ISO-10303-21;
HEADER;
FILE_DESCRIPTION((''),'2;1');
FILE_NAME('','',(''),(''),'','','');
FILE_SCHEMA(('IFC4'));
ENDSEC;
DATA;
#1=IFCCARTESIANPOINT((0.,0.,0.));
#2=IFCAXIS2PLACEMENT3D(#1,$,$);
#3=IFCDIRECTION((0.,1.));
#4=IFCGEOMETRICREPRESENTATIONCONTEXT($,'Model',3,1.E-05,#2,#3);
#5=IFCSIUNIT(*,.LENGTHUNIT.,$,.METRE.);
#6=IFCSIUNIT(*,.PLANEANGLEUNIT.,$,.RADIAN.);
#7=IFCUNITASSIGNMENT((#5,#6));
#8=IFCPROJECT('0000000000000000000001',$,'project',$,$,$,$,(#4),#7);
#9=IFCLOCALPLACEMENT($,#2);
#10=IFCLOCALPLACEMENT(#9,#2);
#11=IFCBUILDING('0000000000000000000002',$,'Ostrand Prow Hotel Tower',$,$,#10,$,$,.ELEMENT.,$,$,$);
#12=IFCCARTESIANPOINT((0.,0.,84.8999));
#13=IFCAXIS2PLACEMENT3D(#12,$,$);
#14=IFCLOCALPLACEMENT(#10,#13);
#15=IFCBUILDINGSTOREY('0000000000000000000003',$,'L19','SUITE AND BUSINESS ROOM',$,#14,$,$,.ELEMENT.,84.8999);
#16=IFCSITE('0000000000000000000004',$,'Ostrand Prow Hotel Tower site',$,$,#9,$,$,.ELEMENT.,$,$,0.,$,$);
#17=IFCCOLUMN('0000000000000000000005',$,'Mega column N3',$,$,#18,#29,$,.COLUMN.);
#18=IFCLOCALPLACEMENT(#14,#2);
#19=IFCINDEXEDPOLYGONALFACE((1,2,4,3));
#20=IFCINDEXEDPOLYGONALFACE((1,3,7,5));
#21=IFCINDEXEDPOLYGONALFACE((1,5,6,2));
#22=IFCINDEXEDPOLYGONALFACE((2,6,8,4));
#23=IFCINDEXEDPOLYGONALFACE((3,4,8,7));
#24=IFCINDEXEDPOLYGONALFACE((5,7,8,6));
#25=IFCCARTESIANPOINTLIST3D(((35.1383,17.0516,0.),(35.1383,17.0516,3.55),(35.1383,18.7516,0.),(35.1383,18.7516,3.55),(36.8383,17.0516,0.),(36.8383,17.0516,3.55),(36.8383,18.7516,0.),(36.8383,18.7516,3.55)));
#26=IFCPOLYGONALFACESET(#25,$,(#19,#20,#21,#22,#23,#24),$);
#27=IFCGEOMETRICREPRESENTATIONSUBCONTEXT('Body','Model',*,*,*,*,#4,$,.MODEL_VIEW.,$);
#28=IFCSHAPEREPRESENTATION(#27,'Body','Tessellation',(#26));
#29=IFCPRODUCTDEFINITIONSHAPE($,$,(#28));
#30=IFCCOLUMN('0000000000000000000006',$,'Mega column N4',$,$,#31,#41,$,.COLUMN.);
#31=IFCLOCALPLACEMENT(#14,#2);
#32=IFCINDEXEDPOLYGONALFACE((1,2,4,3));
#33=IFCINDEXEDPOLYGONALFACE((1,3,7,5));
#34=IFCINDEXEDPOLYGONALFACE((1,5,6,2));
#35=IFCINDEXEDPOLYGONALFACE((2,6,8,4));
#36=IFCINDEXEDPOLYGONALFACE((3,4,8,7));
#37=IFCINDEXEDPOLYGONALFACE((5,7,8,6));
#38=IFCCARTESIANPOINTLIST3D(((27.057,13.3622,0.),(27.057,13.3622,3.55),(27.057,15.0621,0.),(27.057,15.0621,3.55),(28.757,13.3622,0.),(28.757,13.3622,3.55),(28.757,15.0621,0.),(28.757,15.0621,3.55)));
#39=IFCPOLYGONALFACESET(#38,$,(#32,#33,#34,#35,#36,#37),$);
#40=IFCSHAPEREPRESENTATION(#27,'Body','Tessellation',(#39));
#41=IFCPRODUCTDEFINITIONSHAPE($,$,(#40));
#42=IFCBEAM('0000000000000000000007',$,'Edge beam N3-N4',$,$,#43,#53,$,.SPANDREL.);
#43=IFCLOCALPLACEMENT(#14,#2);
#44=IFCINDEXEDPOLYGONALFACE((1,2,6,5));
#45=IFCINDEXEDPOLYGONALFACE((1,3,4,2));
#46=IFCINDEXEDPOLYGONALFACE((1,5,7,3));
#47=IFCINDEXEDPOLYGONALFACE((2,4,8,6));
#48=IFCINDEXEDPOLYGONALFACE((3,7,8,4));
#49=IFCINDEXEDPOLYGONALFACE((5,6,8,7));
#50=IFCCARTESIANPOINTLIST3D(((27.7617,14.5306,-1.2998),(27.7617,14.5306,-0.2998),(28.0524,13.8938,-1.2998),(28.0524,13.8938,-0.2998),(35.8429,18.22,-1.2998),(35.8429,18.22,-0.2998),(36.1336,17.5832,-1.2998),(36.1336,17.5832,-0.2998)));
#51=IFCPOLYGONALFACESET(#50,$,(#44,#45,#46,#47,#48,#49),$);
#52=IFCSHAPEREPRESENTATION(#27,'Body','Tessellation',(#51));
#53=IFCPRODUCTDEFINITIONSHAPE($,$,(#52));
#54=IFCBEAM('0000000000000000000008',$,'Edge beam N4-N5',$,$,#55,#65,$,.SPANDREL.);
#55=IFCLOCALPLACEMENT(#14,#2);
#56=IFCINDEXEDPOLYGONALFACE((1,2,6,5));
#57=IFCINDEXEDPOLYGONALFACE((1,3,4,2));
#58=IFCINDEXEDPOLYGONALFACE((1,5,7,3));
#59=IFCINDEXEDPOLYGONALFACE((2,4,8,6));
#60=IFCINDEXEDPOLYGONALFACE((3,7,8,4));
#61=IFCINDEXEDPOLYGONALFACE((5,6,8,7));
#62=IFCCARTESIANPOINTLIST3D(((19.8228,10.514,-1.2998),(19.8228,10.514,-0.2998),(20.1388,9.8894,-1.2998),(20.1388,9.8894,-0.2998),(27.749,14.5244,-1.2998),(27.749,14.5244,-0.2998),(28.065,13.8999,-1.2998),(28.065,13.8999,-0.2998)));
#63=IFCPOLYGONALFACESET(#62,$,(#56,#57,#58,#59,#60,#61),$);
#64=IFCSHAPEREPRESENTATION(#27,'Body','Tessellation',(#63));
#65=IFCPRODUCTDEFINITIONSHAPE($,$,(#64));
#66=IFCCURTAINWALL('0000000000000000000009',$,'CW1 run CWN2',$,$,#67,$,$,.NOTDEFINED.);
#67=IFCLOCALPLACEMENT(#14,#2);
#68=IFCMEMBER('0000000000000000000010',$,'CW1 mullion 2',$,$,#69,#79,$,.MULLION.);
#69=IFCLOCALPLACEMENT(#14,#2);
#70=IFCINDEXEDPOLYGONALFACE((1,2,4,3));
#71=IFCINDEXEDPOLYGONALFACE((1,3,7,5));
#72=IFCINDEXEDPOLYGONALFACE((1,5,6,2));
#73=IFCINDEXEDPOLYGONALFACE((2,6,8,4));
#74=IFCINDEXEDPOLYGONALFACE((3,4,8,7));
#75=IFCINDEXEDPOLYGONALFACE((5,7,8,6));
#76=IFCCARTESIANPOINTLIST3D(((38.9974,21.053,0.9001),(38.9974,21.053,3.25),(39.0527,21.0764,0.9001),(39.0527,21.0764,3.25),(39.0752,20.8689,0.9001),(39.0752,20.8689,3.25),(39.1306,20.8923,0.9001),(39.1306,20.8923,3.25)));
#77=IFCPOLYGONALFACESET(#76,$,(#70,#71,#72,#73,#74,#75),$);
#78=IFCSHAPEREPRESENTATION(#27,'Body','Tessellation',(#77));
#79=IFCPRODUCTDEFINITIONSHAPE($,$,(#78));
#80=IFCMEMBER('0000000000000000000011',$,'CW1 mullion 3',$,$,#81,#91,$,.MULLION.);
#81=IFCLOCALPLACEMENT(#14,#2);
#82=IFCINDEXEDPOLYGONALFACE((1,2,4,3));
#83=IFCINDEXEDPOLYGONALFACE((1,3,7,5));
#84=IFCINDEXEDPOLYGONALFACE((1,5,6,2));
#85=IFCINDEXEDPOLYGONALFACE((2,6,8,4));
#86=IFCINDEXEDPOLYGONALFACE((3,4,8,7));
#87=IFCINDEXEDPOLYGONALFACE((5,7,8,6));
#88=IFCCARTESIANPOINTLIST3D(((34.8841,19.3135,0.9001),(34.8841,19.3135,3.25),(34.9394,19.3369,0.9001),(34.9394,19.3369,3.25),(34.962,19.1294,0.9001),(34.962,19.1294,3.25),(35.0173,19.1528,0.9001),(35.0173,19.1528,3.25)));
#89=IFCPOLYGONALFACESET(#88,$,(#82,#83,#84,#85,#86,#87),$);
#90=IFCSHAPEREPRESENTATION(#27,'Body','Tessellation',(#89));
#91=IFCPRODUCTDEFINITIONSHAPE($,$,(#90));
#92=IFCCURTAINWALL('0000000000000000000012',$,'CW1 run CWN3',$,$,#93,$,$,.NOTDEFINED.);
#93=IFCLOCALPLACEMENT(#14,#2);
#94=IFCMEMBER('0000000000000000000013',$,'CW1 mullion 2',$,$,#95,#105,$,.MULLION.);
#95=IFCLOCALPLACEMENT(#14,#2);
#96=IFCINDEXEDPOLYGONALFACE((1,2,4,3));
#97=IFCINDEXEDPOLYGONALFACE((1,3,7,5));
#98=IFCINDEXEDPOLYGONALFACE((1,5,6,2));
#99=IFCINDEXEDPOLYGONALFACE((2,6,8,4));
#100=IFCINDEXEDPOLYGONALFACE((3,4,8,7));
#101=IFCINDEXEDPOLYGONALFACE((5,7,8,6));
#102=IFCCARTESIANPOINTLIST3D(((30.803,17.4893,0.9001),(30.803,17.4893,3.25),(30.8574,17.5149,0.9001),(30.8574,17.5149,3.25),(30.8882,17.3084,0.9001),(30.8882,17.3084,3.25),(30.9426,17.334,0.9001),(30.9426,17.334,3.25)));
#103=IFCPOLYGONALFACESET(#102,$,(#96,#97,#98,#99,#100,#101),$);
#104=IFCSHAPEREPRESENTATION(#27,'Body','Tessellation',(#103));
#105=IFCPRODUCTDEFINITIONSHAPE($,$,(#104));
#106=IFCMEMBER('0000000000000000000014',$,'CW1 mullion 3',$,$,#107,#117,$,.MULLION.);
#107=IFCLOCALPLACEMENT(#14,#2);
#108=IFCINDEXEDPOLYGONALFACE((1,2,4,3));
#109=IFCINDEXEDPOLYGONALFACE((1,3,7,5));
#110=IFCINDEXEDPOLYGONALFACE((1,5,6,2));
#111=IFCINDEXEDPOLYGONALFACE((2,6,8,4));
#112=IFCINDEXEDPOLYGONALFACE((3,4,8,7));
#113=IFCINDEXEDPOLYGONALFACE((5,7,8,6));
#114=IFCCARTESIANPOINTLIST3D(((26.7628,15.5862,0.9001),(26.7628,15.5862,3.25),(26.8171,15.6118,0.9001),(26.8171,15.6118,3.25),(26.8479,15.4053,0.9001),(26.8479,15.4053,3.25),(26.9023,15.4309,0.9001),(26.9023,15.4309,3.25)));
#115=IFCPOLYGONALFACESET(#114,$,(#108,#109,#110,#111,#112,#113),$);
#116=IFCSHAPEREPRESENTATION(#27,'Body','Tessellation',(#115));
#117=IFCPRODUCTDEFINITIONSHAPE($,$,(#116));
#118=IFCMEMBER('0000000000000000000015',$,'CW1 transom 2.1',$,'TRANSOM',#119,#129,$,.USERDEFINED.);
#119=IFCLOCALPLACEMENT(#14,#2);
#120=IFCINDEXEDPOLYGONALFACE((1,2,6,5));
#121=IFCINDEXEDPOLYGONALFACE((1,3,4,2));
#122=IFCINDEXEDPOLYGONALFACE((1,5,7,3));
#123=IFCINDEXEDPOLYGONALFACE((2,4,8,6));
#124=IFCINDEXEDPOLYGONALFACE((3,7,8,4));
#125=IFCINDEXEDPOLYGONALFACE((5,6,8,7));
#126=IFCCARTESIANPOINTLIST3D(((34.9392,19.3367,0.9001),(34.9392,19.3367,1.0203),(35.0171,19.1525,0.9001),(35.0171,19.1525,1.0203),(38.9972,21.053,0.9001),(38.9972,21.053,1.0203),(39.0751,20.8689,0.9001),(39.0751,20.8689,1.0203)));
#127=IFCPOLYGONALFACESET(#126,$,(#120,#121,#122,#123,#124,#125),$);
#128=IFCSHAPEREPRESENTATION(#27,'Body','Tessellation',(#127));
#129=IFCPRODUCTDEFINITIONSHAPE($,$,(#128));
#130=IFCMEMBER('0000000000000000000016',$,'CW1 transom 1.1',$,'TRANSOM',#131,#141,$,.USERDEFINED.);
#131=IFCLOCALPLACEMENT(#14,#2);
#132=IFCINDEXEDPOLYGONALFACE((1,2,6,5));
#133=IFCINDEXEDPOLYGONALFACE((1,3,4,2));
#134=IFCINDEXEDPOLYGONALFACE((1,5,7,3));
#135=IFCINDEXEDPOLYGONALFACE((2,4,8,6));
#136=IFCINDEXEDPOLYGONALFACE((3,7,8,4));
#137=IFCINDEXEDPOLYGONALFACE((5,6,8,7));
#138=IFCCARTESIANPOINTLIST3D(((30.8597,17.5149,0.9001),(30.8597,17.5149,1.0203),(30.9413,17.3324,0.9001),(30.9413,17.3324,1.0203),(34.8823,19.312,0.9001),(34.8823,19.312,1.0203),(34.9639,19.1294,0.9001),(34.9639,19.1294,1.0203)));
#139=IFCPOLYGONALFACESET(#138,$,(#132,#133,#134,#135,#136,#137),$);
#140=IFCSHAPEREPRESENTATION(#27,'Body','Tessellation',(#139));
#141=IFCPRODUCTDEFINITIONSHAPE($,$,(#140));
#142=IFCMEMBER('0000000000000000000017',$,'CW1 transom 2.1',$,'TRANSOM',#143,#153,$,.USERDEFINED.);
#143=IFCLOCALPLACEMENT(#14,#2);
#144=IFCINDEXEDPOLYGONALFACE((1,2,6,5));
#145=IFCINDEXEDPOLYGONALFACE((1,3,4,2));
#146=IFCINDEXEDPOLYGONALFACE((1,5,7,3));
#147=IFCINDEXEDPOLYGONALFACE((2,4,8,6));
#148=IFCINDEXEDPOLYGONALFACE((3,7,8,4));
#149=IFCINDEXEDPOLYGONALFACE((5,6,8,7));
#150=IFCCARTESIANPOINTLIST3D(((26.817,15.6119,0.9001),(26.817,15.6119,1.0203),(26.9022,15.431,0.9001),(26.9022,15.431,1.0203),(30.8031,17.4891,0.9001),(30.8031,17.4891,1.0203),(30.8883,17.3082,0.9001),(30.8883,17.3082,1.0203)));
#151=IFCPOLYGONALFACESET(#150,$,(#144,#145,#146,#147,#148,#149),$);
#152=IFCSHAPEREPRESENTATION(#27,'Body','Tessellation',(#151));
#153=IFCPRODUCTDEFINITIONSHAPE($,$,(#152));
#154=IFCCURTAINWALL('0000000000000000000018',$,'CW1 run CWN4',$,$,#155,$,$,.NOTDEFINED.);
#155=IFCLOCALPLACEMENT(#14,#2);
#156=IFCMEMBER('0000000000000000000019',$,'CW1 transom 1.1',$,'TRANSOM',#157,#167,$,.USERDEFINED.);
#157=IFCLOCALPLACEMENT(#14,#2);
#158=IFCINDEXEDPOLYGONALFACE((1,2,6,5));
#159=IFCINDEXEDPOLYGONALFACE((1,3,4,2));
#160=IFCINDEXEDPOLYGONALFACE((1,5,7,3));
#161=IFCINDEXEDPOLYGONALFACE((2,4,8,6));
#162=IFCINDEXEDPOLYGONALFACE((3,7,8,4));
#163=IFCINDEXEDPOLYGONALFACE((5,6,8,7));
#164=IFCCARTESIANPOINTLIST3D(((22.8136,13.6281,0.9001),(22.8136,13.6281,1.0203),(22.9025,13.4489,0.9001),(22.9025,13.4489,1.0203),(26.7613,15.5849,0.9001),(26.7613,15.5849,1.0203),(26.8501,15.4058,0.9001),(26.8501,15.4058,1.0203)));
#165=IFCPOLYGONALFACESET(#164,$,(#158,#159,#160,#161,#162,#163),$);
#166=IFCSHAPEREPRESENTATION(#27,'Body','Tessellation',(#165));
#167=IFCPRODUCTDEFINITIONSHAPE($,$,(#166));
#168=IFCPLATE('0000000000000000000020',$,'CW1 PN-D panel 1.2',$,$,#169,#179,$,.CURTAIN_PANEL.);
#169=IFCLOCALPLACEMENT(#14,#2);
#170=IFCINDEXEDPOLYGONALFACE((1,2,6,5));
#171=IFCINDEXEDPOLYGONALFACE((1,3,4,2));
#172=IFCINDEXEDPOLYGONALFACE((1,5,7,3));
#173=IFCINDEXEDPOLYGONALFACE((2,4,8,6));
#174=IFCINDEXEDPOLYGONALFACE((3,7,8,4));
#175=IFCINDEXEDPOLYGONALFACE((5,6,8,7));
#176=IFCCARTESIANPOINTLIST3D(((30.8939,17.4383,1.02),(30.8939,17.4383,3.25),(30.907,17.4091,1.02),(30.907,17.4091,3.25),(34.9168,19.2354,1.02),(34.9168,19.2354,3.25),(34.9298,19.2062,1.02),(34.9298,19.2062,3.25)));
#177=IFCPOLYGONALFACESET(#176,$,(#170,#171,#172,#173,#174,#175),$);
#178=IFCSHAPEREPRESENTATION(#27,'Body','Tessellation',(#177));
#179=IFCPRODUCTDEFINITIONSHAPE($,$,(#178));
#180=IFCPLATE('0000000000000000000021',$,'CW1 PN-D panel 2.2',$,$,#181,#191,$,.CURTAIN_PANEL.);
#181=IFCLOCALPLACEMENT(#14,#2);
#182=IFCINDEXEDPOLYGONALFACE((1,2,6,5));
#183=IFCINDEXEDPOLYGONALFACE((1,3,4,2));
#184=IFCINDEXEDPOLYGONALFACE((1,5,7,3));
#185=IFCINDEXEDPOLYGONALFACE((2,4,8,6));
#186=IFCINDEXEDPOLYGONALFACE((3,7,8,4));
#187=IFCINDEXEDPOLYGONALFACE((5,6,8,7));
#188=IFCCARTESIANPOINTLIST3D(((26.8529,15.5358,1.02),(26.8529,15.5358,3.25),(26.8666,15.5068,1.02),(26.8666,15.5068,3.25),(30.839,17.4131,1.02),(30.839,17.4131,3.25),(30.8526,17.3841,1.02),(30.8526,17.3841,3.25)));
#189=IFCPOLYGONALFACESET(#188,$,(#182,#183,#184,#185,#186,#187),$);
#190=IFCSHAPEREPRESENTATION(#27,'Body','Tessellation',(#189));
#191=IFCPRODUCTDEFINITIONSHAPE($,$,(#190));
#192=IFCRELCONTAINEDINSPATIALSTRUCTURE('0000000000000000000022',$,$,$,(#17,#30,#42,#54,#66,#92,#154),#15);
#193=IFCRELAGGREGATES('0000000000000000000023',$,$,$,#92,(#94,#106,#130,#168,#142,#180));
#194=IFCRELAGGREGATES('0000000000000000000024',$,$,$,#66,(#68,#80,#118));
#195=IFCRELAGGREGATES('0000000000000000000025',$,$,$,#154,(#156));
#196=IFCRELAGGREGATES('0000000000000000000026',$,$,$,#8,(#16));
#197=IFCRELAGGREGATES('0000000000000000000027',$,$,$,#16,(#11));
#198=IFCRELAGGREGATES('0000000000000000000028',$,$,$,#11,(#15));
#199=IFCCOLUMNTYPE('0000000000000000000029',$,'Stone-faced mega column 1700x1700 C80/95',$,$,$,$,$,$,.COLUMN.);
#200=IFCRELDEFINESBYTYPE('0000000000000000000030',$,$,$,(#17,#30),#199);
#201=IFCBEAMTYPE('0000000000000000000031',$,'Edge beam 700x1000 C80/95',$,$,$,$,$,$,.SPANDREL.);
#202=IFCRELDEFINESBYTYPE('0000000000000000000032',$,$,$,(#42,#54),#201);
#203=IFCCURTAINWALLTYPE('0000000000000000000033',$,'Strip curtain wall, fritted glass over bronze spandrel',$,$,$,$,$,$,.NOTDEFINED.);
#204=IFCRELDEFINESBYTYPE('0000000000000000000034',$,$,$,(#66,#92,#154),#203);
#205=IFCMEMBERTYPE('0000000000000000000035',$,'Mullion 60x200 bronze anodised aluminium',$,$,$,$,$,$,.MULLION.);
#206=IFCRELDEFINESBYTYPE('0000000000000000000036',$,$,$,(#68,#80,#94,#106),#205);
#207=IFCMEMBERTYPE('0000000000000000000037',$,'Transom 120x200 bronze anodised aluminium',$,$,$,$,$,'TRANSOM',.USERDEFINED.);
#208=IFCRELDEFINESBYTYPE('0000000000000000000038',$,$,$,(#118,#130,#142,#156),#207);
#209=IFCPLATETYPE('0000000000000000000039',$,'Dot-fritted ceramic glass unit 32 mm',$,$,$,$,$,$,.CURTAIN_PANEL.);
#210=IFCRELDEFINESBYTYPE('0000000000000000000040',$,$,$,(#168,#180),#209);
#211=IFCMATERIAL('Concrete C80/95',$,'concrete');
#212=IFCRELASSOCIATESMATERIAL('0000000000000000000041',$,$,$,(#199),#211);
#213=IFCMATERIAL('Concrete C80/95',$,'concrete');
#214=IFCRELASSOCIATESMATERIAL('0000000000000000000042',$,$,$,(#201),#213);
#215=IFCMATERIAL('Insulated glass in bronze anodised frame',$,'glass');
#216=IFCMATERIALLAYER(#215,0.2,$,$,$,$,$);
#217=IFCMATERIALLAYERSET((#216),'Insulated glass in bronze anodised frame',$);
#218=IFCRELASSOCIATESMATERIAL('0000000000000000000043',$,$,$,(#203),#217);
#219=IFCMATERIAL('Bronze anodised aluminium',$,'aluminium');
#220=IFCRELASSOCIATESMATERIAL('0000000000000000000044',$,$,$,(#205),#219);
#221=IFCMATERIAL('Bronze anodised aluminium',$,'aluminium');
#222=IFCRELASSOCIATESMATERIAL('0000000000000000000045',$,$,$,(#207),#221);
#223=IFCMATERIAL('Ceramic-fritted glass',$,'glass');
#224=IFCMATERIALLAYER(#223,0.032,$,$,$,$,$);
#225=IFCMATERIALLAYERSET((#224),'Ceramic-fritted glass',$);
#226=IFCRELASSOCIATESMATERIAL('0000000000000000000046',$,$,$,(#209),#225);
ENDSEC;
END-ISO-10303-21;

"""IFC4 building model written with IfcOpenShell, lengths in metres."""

from ifc_helpers import new_model, si_unit, direction, frame, origin, origin_2d, place, context, subcontext, project, spatial, rectangle, extrude, material, layer, layer_set, material_profile, profile_set, type_object, element, aggregate, save


model = new_model("IFC4")

# Units and contexts
model_context = context("Model", 3, precision=1e-05, world=origin(), true_north=direction((0.0, 1.0)))
body_context = subcontext(model_context, "Body", "Model", "MODEL_VIEW")
ifc_project = project(units=[si_unit("LENGTHUNIT", "METRE"), si_unit("PLANEANGLEUNIT", "RADIAN")], contexts=[model_context])

# Site, building, storey
site_placement = place(None, origin())
site = spatial("IfcSite", under=ifc_project, at=site_placement, Name="Ostrand Prow Hotel Tower site", CompositionType="ELEMENT", RefElevation=0.0)
building_placement = place(site_placement, origin())
building = spatial("IfcBuilding", under=site, at=building_placement, Name="Ostrand Prow Hotel Tower", CompositionType="ELEMENT")
storey_placement = place(building_placement, frame((0.0, 0.0, 84.8999)))
storey = spatial("IfcBuildingStorey", under=building, at=storey_placement, Name="L19", Description="SUITE AND BUSINESS ROOM", CompositionType="ELEMENT", Elevation=84.8999)

# Columns
ifc_material_1 = material(Name="Concrete C80/95", Category="concrete")
ifc_material_profile_1 = material_profile(ifc_material_1, rectangle(XDim=1.7, YDim=1.7, at=origin_2d()), Name="RC 1700x1700")
ifc_profile_set_1 = profile_set([ifc_material_profile_1], Name="Concrete C80/95")
column_type = type_object("IfcColumnType", Name="Stone-faced mega column 1700x1700 C80/95", PredefinedType="COLUMN", material=ifc_profile_set_1)
for number, where, z_axis, x_axis, name in (
    (1, (35.9883, 17.9016, 0.0), (0.0, 0.0, 1.0), (1.0, 0.0, 0.0), "Mega column N3"),
    (2, (27.907, 14.2122, 0.0), (0.0, 0.0, 1.0), (1.0, 0.0, 0.0), "Mega column N4"),
):
    element("IfcColumn", number, at=place(storey_placement, frame(where, z_axis=z_axis, x_axis=x_axis)), inside=storey, type_object=column_type, Name=name, PredefinedType="COLUMN", context=body_context, shape_type="SweptSolid", body=[
        extrude(rectangle(XDim=1.7, YDim=1.7, at=origin_2d()), origin(), (0.0, 0.0, 1.0), 3.55),
    ])

# Beams
ifc_material_2 = material(Name="Concrete C80/95", Category="concrete")
ifc_material_profile_2 = material_profile(ifc_material_2, rectangle(XDim=0.7, YDim=1.0, at=origin_2d()), Name="RC 700x1000")
ifc_profile_set_2 = profile_set([ifc_material_profile_2], Name="Concrete C80/95")
beam_type = type_object("IfcBeamType", Name="Edge beam 700x1000 C80/95", PredefinedType="SPANDREL", material=ifc_profile_set_2)
beam_1_placement = place(storey_placement, frame((35.9883, 17.9016, -0.7998), z_axis=(-0.909681, -0.415308, 0.0), x_axis=(0.415308, -0.909681, 0.0)))
element("IfcBeam", 3, at=beam_1_placement, inside=storey, type_object=beam_type, Name="Edge beam N3-N4", PredefinedType="SPANDREL", context=body_context, shape_type="SweptSolid", body=[
    extrude(rectangle(XDim=0.7, YDim=1.0, at=origin_2d()), origin(), (0.0, 0.0, 1.0), 8.8835),
])
beam_2_placement = place(storey_placement, frame((27.907, 14.2122, -0.7998), z_axis=(-0.892284, -0.451474, 0.0), x_axis=(0.451474, -0.892284, 0.0)))
element("IfcBeam", 4, at=beam_2_placement, inside=storey, type_object=beam_type, Name="Edge beam N4-N5", PredefinedType="SPANDREL", context=body_context, shape_type="SweptSolid", body=[
    extrude(rectangle(XDim=0.7, YDim=1.0, at=origin_2d()), origin(), (0.0, 0.0, 1.0), 8.8831),
])

# Curtain walls, members
ifc_material_3 = material(Name="Insulated glass in bronze anodised frame", Category="glass")
ifc_layer_1 = layer(ifc_material_3, 0.2)
ifc_layer_set_1 = layer_set([ifc_layer_1], Name="Insulated glass in bronze anodised frame")
curtain_wall_type = type_object("IfcCurtainWallType", Name="Strip curtain wall, fritted glass over bronze spandrel", PredefinedType="NOTDEFINED", material=ifc_layer_set_1)
curtain_wall_1_placement = place(storey_placement, origin())
curtain_wall_1 = element("IfcCurtainWall", 5, at=curtain_wall_1_placement, inside=storey, type_object=curtain_wall_type, Name="CW1 run CWN2", PredefinedType="NOTDEFINED")
ifc_material_4 = material(Name="Bronze anodised aluminium", Category="aluminium")
ifc_material_profile_3 = material_profile(ifc_material_4, rectangle(XDim=0.2, YDim=0.0601, at=origin_2d()), Name="Mullion 60x200 bronze anodised aluminium")
ifc_profile_set_3 = profile_set([ifc_material_profile_3], Name="Bronze anodised aluminium")
member_type_1 = type_object("IfcMemberType", Name="Mullion 60x200 bronze anodised aluminium", PredefinedType="MULLION", material=ifc_profile_set_3)
member_1_placement = place(storey_placement, frame((39.064, 20.9727, 0.9001), z_axis=(0.0, 0.0, 1.0), x_axis=(0.389507, -0.921024, 0.0)))
member_1 = element("IfcMember", 6, at=member_1_placement, type_object=member_type_1, Name="CW1 mullion 2", PredefinedType="MULLION", context=body_context, shape_type="SweptSolid", body=[
    extrude(rectangle(XDim=0.2, YDim=0.0601, at=origin_2d()), origin(), (0.0, 0.0, 1.0), 2.3499),
])
member_2_placement = place(storey_placement, frame((34.9507, 19.2332, 0.9001), z_axis=(0.0, 0.0, 1.0), x_axis=(0.389507, -0.921024, 0.0)))
member_2 = element("IfcMember", 7, at=member_2_placement, type_object=member_type_1, Name="CW1 mullion 3", PredefinedType="MULLION", context=body_context, shape_type="SweptSolid", body=[
    extrude(rectangle(XDim=0.2, YDim=0.0601, at=origin_2d()), origin(), (0.0, 0.0, 1.0), 2.3499),
])
curtain_wall_2_placement = place(storey_placement, origin())
curtain_wall_2 = element("IfcCurtainWall", 8, at=curtain_wall_2_placement, inside=storey, type_object=curtain_wall_type, Name="CW1 run CWN3", PredefinedType="NOTDEFINED")
member_3_placement = place(storey_placement, frame((30.8728, 17.4116, 0.9001), z_axis=(0.0, 0.0, 1.0), x_axis=(0.426079, -0.904686, 0.0)))
member_3 = element("IfcMember", 9, at=member_3_placement, type_object=member_type_1, Name="CW1 mullion 2", PredefinedType="MULLION", context=body_context, shape_type="SweptSolid", body=[
    extrude(rectangle(XDim=0.2, YDim=0.0601, at=origin_2d()), origin(), (0.0, 0.0, 1.0), 2.3499),
])
member_4_placement = place(storey_placement, frame((26.8325, 15.5085, 0.9001), z_axis=(0.0, 0.0, 1.0), x_axis=(0.426079, -0.904686, 0.0)))
member_4 = element("IfcMember", 10, at=member_4_placement, type_object=member_type_1, Name="CW1 mullion 3", PredefinedType="MULLION", context=body_context, shape_type="SweptSolid", body=[
    extrude(rectangle(XDim=0.2, YDim=0.0601, at=origin_2d()), origin(), (0.0, 0.0, 1.0), 2.3499),
])

# Members
ifc_material_5 = material(Name="Bronze anodised aluminium", Category="aluminium")
ifc_material_profile_4 = material_profile(ifc_material_5, rectangle(XDim=0.2, YDim=0.1201, at=origin_2d()), Name="Transom 120x200 bronze anodised aluminium")
ifc_profile_set_4 = profile_set([ifc_material_profile_4], Name="Bronze anodised aluminium")
member_type_2 = type_object("IfcMemberType", Name="Transom 120x200 bronze anodised aluminium", ElementType="TRANSOM", PredefinedType="USERDEFINED", material=ifc_profile_set_4)
member_5_placement = place(storey_placement, frame((39.0361, 20.9609, 0.9602), z_axis=(-0.921006, -0.389548, 0.0), x_axis=(0.389548, -0.921006, 0.0)))
member_5 = element("IfcMember", 11, at=member_5_placement, type_object=member_type_2, Name="CW1 transom 2.1", ObjectType="TRANSOM", PredefinedType="USERDEFINED", context=body_context, shape_type="SweptSolid", body=[
    extrude(rectangle(XDim=0.2, YDim=0.1201, at=origin_2d()), origin(), (0.0, 0.0, 1.0), 4.406),
])
member_6_placement = place(storey_placement, frame((34.9231, 19.2207, 0.9602), z_axis=(-0.913031, -0.407891, 0.0), x_axis=(0.407891, -0.913031, 0.0)))
member_6 = element("IfcMember", 12, at=member_6_placement, type_object=member_type_2, Name="CW1 transom 1.1", ObjectType="TRANSOM", PredefinedType="USERDEFINED", context=body_context, shape_type="SweptSolid", body=[
    extrude(rectangle(XDim=0.2, YDim=0.1201, at=origin_2d()), origin(), (0.0, 0.0, 1.0), 4.4058),
])
member_7_placement = place(storey_placement, frame((30.8457, 17.3987, 0.9602), z_axis=(-0.904697, -0.426056, 0.0), x_axis=(0.426056, -0.904697, 0.0)))
member_7 = element("IfcMember", 13, at=member_7_placement, type_object=member_type_2, Name="CW1 transom 2.1", ObjectType="TRANSOM", PredefinedType="USERDEFINED", context=body_context, shape_type="SweptSolid", body=[
    extrude(rectangle(XDim=0.2, YDim=0.1201, at=origin_2d()), origin(), (0.0, 0.0, 1.0), 4.406),
])

# Curtain wall, member
curtain_wall_3_placement = place(storey_placement, origin())
curtain_wall_3 = element("IfcCurtainWall", 14, at=curtain_wall_3_placement, inside=storey, type_object=curtain_wall_type, Name="CW1 run CWN4", PredefinedType="NOTDEFINED")
member_8_placement = place(storey_placement, frame((26.8057, 15.4954, 0.9602), z_axis=(-0.895962, -0.44413, 0.0), x_axis=(0.44413, -0.895962, 0.0)))
member_8 = element("IfcMember", 15, at=member_8_placement, type_object=member_type_2, Name="CW1 transom 1.1", ObjectType="TRANSOM", PredefinedType="USERDEFINED", context=body_context, shape_type="SweptSolid", body=[
    extrude(rectangle(XDim=0.2, YDim=0.1201, at=origin_2d()), origin(), (0.0, 0.0, 1.0), 4.406),
])

# Plates
ifc_material_6 = material(Name="Ceramic-fritted glass", Category="glass")
ifc_layer_2 = layer(ifc_material_6, 0.032)
ifc_layer_set_2 = layer_set([ifc_layer_2], Name="Ceramic-fritted glass")
plate_type_1 = type_object("IfcPlateType", Name="Dot-fritted ceramic glass unit 32 mm", PredefinedType="CURTAIN_PANEL", material=ifc_layer_set_2)
plate_1_placement = place(storey_placement, frame((32.9119, 18.3223, 1.02), z_axis=(0.0, 0.0, 1.0), x_axis=(-0.913038, -0.407875, 0.0)))
plate_1 = element("IfcPlate", 16, at=plate_1_placement, type_object=plate_type_1, Name="CW1 PN-D panel 1.2", PredefinedType="CURTAIN_PANEL", context=body_context, shape_type="SweptSolid", body=[
    extrude(rectangle(XDim=4.406, YDim=0.032, at=origin_2d()), origin(), (0.0, 0.0, 1.0), 2.23),
])
plate_2_placement = place(storey_placement, frame((28.8528, 16.46, 1.02), z_axis=(0.0, 0.0, 1.0), x_axis=(-0.904686, -0.426079, 0.0)))
plate_2 = element("IfcPlate", 17, at=plate_2_placement, type_object=plate_type_1, Name="CW1 PN-D panel 2.2", PredefinedType="CURTAIN_PANEL", context=body_context, shape_type="SweptSolid", body=[
    extrude(rectangle(XDim=4.406, YDim=0.032, at=origin_2d()), origin(), (0.0, 0.0, 1.0), 2.23),
])
aggregate(curtain_wall_2, [member_3, member_4, member_6, plate_1, member_7, plate_2])
aggregate(curtain_wall_1, [member_1, member_2, member_5])
aggregate(curtain_wall_3, [member_8])

save(model, "model.ifc")
